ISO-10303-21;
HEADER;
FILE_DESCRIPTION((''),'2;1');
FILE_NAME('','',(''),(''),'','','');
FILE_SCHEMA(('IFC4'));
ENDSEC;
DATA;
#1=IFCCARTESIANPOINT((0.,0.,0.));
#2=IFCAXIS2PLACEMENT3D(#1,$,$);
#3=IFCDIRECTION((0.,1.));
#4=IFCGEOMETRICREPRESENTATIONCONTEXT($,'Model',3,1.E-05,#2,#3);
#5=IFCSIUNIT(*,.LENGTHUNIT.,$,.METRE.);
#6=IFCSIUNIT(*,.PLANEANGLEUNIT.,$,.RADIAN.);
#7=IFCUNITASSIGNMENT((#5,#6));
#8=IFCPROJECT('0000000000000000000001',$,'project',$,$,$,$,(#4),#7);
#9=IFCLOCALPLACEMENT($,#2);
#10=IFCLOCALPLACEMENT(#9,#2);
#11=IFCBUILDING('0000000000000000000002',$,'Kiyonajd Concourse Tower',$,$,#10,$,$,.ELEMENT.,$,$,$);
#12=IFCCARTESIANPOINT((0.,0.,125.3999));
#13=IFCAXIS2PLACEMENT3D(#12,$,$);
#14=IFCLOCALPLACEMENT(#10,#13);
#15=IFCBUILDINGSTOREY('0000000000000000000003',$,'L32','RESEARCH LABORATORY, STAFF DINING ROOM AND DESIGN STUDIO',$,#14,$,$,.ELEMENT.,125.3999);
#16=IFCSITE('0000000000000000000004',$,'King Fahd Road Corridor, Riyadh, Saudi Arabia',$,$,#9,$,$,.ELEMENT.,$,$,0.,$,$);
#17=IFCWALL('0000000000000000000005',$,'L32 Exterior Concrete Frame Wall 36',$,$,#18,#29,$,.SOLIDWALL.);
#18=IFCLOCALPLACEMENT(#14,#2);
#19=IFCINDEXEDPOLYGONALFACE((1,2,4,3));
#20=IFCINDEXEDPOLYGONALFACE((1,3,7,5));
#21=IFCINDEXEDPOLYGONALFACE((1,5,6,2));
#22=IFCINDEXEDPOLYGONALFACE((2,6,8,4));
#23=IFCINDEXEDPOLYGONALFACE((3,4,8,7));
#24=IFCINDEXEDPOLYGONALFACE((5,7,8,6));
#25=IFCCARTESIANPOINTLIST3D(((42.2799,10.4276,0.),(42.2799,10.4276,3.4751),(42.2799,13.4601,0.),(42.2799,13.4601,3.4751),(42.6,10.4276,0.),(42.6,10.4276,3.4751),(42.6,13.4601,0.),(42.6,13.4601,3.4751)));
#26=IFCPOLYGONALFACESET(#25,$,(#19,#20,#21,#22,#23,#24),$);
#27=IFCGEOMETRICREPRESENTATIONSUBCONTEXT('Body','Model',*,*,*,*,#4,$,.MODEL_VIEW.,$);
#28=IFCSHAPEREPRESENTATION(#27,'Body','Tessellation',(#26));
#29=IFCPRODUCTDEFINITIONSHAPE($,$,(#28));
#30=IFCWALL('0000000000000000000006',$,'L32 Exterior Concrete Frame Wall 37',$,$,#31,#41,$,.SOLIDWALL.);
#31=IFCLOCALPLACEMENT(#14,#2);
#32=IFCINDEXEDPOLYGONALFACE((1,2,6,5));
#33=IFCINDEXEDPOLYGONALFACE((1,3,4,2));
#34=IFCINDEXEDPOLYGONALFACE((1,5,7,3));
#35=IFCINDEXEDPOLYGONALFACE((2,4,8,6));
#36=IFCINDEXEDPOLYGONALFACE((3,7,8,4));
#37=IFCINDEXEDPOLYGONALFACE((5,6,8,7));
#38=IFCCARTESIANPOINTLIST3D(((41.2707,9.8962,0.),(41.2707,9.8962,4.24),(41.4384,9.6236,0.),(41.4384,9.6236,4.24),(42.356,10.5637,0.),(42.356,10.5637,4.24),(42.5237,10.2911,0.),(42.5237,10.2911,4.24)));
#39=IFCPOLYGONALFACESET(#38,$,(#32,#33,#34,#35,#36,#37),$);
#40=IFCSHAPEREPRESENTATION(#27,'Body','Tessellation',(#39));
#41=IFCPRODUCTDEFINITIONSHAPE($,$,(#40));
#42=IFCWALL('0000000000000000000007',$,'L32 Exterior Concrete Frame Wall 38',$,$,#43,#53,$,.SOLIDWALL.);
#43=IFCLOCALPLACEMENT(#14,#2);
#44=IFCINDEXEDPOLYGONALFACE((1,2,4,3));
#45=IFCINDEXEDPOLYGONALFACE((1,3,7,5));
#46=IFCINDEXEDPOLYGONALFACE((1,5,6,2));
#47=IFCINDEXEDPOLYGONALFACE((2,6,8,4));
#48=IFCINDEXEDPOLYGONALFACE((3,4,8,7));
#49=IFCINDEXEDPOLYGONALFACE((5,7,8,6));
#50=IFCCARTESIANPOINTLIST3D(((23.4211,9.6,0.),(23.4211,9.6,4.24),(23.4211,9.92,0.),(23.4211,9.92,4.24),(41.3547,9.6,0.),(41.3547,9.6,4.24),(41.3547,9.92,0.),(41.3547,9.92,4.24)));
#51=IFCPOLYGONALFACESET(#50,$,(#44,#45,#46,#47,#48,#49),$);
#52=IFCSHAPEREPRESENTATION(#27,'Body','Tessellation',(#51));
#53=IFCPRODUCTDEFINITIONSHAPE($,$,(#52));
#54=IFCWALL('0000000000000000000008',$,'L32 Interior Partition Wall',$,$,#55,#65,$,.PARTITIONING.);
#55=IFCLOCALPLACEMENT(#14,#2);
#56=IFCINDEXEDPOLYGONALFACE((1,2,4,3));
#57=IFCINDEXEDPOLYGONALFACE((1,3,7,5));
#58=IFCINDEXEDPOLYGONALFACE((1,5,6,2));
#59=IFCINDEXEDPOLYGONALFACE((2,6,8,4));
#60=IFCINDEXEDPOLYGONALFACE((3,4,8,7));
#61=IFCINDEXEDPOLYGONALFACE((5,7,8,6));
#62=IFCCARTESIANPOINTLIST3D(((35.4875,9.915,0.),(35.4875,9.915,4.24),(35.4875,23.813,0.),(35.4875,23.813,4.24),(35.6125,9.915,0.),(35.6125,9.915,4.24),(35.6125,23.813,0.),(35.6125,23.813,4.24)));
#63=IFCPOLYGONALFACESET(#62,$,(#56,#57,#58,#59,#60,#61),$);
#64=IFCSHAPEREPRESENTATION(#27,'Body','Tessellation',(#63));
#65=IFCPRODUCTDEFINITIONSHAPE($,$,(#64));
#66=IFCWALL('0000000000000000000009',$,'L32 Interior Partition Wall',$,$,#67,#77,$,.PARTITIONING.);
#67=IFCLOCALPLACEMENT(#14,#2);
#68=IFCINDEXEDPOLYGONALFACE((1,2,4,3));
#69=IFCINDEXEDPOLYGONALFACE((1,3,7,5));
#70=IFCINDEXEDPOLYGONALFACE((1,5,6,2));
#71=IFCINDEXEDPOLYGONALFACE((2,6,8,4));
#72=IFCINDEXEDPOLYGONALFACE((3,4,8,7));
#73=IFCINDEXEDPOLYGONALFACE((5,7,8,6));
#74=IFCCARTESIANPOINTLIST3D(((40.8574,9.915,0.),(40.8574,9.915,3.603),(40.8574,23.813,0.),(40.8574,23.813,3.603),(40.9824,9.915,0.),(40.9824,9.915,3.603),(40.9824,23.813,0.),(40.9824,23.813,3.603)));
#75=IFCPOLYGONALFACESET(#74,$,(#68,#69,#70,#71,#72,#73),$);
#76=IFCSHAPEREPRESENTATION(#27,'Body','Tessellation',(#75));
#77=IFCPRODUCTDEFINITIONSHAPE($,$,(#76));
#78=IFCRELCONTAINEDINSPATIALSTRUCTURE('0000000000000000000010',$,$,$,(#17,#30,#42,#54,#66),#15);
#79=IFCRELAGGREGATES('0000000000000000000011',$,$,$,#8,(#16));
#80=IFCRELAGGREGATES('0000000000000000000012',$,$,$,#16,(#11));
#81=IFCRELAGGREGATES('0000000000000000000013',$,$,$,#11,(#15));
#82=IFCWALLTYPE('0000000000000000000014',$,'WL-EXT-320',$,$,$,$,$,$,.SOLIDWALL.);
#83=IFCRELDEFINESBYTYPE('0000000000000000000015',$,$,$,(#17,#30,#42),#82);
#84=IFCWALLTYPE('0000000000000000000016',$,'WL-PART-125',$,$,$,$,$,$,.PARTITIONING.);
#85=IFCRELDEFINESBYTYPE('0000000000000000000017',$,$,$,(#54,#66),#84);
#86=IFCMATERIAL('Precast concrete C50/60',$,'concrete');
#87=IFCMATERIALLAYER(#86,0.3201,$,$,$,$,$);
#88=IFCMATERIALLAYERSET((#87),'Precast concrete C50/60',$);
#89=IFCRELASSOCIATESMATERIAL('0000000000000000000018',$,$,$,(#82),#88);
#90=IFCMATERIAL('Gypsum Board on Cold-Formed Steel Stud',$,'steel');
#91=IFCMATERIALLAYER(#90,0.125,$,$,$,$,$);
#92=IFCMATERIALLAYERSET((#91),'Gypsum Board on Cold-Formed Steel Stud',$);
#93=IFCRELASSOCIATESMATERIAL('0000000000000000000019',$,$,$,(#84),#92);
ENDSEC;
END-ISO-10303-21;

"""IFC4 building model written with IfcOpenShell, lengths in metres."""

from ifc_helpers import new_model, si_unit, direction, frame, frame_2d, origin, place, context, subcontext, project, spatial, rectangle, extrude, material, layer, layer_set, type_object, element, save


model = new_model("IFC4")

# Units and contexts
model_context = context("Model", 3, precision=1e-05, world=origin(), true_north=direction((0.0, 1.0)))
body_context = subcontext(model_context, "Body", "Model", "MODEL_VIEW")
ifc_project = project(units=[si_unit("LENGTHUNIT", "METRE"), si_unit("PLANEANGLEUNIT", "RADIAN")], contexts=[model_context])

# Site, building, storey
site_placement = place(None, origin())
site = spatial("IfcSite", under=ifc_project, at=site_placement, Name="King Fahd Road Corridor, Riyadh, Saudi Arabia", CompositionType="ELEMENT", RefElevation=0.0)
building_placement = place(site_placement, origin())
building = spatial("IfcBuilding", under=site, at=building_placement, Name="Kiyonajd Concourse Tower", CompositionType="ELEMENT")
storey_placement = place(building_placement, frame((0.0, 0.0, 125.3999)))
storey = spatial("IfcBuildingStorey", under=building, at=storey_placement, Name="L32", Description="RESEARCH LABORATORY, STAFF DINING ROOM AND DESIGN STUDIO", CompositionType="ELEMENT", Elevation=125.3999)

# Shared definitions
ifc_material_1 = material(Name="Precast concrete C50/60", Category="concrete")

# Walls
ifc_layer_1 = layer(ifc_material_1, 0.3201)
ifc_layer_set_1 = layer_set([ifc_layer_1], Name="Precast concrete C50/60")
wall_type_1 = type_object("IfcWallType", Name="WL-EXT-320", PredefinedType="SOLIDWALL", material=ifc_layer_set_1)
wall_1_placement = place(storey_placement, frame((42.4399, 13.46, 0.0), z_axis=(0.0, 0.0, 1.0), x_axis=(0.0, -1.0, 0.0)))
element("IfcWall", 1, at=wall_1_placement, inside=storey, type_object=wall_type_1, Name="L32 Exterior Concrete Frame Wall 36", PredefinedType="SOLIDWALL", context=body_context, shape_type="SweptSolid", body=[
    extrude(rectangle(XDim=3.0325, YDim=0.3201, at=frame_2d((1.5161, 0.0))), origin(), (0.0, 0.0, 1.0), 3.4751),
])
wall_2_placement = place(storey_placement, frame((42.4399, 10.4275, 0.0), z_axis=(0.0, 0.0, 1.0), x_axis=(-0.851777, -0.523905, 0.0)))
element("IfcWall", 2, at=wall_2_placement, inside=storey, type_object=wall_type_1, Name="L32 Exterior Concrete Frame Wall 37", PredefinedType="SOLIDWALL", context=body_context, shape_type="SweptSolid", body=[
    extrude(rectangle(XDim=1.2742, YDim=0.3201, at=frame_2d((0.6372, 0.0))), origin(), (0.0, 0.0, 1.0), 4.24),
])
wall_3_placement = place(storey_placement, frame((41.3547, 9.76, 0.0), z_axis=(0.0, 0.0, 1.0), x_axis=(-1.0, 0.0, 0.0)))
element("IfcWall", 3, at=wall_3_placement, inside=storey, type_object=wall_type_1, Name="L32 Exterior Concrete Frame Wall 38", PredefinedType="SOLIDWALL", context=body_context, shape_type="SweptSolid", body=[
    extrude(rectangle(XDim=17.9336, YDim=0.3201, at=frame_2d((8.9668, 0.0))), origin(), (0.0, 0.0, 1.0), 4.24),
])
ifc_material_2 = material(Name="Gypsum Board on Cold-Formed Steel Stud", Category="steel")
ifc_layer_2 = layer(ifc_material_2, 0.125)
ifc_layer_set_2 = layer_set([ifc_layer_2], Name="Gypsum Board on Cold-Formed Steel Stud")
wall_type_2 = type_object("IfcWallType", Name="WL-PART-125", PredefinedType="PARTITIONING", material=ifc_layer_set_2)
wall_4_placement = place(storey_placement, frame((35.55, 9.915, 0.0), z_axis=(0.0, 0.0, 1.0), x_axis=(0.0, 1.0, 0.0)))
element("IfcWall", 4, at=wall_4_placement, inside=storey, type_object=wall_type_2, Name="L32 Interior Partition Wall", PredefinedType="PARTITIONING", context=body_context, shape_type="SweptSolid", body=[
    extrude(rectangle(XDim=13.8979, YDim=0.125, at=frame_2d((6.949, 0.0))), origin(), (0.0, 0.0, 1.0), 4.24),
])
wall_5_placement = place(storey_placement, frame((40.9199, 9.915, 0.0), z_axis=(0.0, 0.0, 1.0), x_axis=(0.0, 1.0, 0.0)))
element("IfcWall", 5, at=wall_5_placement, inside=storey, type_object=wall_type_2, Name="L32 Interior Partition Wall", PredefinedType="PARTITIONING", context=body_context, shape_type="SweptSolid", body=[
    extrude(rectangle(XDim=13.8979, YDim=0.125, at=frame_2d((6.949, 0.0))), origin(), (0.0, 0.0, 1.0), 3.603),
])

save(model, "model.ifc")
